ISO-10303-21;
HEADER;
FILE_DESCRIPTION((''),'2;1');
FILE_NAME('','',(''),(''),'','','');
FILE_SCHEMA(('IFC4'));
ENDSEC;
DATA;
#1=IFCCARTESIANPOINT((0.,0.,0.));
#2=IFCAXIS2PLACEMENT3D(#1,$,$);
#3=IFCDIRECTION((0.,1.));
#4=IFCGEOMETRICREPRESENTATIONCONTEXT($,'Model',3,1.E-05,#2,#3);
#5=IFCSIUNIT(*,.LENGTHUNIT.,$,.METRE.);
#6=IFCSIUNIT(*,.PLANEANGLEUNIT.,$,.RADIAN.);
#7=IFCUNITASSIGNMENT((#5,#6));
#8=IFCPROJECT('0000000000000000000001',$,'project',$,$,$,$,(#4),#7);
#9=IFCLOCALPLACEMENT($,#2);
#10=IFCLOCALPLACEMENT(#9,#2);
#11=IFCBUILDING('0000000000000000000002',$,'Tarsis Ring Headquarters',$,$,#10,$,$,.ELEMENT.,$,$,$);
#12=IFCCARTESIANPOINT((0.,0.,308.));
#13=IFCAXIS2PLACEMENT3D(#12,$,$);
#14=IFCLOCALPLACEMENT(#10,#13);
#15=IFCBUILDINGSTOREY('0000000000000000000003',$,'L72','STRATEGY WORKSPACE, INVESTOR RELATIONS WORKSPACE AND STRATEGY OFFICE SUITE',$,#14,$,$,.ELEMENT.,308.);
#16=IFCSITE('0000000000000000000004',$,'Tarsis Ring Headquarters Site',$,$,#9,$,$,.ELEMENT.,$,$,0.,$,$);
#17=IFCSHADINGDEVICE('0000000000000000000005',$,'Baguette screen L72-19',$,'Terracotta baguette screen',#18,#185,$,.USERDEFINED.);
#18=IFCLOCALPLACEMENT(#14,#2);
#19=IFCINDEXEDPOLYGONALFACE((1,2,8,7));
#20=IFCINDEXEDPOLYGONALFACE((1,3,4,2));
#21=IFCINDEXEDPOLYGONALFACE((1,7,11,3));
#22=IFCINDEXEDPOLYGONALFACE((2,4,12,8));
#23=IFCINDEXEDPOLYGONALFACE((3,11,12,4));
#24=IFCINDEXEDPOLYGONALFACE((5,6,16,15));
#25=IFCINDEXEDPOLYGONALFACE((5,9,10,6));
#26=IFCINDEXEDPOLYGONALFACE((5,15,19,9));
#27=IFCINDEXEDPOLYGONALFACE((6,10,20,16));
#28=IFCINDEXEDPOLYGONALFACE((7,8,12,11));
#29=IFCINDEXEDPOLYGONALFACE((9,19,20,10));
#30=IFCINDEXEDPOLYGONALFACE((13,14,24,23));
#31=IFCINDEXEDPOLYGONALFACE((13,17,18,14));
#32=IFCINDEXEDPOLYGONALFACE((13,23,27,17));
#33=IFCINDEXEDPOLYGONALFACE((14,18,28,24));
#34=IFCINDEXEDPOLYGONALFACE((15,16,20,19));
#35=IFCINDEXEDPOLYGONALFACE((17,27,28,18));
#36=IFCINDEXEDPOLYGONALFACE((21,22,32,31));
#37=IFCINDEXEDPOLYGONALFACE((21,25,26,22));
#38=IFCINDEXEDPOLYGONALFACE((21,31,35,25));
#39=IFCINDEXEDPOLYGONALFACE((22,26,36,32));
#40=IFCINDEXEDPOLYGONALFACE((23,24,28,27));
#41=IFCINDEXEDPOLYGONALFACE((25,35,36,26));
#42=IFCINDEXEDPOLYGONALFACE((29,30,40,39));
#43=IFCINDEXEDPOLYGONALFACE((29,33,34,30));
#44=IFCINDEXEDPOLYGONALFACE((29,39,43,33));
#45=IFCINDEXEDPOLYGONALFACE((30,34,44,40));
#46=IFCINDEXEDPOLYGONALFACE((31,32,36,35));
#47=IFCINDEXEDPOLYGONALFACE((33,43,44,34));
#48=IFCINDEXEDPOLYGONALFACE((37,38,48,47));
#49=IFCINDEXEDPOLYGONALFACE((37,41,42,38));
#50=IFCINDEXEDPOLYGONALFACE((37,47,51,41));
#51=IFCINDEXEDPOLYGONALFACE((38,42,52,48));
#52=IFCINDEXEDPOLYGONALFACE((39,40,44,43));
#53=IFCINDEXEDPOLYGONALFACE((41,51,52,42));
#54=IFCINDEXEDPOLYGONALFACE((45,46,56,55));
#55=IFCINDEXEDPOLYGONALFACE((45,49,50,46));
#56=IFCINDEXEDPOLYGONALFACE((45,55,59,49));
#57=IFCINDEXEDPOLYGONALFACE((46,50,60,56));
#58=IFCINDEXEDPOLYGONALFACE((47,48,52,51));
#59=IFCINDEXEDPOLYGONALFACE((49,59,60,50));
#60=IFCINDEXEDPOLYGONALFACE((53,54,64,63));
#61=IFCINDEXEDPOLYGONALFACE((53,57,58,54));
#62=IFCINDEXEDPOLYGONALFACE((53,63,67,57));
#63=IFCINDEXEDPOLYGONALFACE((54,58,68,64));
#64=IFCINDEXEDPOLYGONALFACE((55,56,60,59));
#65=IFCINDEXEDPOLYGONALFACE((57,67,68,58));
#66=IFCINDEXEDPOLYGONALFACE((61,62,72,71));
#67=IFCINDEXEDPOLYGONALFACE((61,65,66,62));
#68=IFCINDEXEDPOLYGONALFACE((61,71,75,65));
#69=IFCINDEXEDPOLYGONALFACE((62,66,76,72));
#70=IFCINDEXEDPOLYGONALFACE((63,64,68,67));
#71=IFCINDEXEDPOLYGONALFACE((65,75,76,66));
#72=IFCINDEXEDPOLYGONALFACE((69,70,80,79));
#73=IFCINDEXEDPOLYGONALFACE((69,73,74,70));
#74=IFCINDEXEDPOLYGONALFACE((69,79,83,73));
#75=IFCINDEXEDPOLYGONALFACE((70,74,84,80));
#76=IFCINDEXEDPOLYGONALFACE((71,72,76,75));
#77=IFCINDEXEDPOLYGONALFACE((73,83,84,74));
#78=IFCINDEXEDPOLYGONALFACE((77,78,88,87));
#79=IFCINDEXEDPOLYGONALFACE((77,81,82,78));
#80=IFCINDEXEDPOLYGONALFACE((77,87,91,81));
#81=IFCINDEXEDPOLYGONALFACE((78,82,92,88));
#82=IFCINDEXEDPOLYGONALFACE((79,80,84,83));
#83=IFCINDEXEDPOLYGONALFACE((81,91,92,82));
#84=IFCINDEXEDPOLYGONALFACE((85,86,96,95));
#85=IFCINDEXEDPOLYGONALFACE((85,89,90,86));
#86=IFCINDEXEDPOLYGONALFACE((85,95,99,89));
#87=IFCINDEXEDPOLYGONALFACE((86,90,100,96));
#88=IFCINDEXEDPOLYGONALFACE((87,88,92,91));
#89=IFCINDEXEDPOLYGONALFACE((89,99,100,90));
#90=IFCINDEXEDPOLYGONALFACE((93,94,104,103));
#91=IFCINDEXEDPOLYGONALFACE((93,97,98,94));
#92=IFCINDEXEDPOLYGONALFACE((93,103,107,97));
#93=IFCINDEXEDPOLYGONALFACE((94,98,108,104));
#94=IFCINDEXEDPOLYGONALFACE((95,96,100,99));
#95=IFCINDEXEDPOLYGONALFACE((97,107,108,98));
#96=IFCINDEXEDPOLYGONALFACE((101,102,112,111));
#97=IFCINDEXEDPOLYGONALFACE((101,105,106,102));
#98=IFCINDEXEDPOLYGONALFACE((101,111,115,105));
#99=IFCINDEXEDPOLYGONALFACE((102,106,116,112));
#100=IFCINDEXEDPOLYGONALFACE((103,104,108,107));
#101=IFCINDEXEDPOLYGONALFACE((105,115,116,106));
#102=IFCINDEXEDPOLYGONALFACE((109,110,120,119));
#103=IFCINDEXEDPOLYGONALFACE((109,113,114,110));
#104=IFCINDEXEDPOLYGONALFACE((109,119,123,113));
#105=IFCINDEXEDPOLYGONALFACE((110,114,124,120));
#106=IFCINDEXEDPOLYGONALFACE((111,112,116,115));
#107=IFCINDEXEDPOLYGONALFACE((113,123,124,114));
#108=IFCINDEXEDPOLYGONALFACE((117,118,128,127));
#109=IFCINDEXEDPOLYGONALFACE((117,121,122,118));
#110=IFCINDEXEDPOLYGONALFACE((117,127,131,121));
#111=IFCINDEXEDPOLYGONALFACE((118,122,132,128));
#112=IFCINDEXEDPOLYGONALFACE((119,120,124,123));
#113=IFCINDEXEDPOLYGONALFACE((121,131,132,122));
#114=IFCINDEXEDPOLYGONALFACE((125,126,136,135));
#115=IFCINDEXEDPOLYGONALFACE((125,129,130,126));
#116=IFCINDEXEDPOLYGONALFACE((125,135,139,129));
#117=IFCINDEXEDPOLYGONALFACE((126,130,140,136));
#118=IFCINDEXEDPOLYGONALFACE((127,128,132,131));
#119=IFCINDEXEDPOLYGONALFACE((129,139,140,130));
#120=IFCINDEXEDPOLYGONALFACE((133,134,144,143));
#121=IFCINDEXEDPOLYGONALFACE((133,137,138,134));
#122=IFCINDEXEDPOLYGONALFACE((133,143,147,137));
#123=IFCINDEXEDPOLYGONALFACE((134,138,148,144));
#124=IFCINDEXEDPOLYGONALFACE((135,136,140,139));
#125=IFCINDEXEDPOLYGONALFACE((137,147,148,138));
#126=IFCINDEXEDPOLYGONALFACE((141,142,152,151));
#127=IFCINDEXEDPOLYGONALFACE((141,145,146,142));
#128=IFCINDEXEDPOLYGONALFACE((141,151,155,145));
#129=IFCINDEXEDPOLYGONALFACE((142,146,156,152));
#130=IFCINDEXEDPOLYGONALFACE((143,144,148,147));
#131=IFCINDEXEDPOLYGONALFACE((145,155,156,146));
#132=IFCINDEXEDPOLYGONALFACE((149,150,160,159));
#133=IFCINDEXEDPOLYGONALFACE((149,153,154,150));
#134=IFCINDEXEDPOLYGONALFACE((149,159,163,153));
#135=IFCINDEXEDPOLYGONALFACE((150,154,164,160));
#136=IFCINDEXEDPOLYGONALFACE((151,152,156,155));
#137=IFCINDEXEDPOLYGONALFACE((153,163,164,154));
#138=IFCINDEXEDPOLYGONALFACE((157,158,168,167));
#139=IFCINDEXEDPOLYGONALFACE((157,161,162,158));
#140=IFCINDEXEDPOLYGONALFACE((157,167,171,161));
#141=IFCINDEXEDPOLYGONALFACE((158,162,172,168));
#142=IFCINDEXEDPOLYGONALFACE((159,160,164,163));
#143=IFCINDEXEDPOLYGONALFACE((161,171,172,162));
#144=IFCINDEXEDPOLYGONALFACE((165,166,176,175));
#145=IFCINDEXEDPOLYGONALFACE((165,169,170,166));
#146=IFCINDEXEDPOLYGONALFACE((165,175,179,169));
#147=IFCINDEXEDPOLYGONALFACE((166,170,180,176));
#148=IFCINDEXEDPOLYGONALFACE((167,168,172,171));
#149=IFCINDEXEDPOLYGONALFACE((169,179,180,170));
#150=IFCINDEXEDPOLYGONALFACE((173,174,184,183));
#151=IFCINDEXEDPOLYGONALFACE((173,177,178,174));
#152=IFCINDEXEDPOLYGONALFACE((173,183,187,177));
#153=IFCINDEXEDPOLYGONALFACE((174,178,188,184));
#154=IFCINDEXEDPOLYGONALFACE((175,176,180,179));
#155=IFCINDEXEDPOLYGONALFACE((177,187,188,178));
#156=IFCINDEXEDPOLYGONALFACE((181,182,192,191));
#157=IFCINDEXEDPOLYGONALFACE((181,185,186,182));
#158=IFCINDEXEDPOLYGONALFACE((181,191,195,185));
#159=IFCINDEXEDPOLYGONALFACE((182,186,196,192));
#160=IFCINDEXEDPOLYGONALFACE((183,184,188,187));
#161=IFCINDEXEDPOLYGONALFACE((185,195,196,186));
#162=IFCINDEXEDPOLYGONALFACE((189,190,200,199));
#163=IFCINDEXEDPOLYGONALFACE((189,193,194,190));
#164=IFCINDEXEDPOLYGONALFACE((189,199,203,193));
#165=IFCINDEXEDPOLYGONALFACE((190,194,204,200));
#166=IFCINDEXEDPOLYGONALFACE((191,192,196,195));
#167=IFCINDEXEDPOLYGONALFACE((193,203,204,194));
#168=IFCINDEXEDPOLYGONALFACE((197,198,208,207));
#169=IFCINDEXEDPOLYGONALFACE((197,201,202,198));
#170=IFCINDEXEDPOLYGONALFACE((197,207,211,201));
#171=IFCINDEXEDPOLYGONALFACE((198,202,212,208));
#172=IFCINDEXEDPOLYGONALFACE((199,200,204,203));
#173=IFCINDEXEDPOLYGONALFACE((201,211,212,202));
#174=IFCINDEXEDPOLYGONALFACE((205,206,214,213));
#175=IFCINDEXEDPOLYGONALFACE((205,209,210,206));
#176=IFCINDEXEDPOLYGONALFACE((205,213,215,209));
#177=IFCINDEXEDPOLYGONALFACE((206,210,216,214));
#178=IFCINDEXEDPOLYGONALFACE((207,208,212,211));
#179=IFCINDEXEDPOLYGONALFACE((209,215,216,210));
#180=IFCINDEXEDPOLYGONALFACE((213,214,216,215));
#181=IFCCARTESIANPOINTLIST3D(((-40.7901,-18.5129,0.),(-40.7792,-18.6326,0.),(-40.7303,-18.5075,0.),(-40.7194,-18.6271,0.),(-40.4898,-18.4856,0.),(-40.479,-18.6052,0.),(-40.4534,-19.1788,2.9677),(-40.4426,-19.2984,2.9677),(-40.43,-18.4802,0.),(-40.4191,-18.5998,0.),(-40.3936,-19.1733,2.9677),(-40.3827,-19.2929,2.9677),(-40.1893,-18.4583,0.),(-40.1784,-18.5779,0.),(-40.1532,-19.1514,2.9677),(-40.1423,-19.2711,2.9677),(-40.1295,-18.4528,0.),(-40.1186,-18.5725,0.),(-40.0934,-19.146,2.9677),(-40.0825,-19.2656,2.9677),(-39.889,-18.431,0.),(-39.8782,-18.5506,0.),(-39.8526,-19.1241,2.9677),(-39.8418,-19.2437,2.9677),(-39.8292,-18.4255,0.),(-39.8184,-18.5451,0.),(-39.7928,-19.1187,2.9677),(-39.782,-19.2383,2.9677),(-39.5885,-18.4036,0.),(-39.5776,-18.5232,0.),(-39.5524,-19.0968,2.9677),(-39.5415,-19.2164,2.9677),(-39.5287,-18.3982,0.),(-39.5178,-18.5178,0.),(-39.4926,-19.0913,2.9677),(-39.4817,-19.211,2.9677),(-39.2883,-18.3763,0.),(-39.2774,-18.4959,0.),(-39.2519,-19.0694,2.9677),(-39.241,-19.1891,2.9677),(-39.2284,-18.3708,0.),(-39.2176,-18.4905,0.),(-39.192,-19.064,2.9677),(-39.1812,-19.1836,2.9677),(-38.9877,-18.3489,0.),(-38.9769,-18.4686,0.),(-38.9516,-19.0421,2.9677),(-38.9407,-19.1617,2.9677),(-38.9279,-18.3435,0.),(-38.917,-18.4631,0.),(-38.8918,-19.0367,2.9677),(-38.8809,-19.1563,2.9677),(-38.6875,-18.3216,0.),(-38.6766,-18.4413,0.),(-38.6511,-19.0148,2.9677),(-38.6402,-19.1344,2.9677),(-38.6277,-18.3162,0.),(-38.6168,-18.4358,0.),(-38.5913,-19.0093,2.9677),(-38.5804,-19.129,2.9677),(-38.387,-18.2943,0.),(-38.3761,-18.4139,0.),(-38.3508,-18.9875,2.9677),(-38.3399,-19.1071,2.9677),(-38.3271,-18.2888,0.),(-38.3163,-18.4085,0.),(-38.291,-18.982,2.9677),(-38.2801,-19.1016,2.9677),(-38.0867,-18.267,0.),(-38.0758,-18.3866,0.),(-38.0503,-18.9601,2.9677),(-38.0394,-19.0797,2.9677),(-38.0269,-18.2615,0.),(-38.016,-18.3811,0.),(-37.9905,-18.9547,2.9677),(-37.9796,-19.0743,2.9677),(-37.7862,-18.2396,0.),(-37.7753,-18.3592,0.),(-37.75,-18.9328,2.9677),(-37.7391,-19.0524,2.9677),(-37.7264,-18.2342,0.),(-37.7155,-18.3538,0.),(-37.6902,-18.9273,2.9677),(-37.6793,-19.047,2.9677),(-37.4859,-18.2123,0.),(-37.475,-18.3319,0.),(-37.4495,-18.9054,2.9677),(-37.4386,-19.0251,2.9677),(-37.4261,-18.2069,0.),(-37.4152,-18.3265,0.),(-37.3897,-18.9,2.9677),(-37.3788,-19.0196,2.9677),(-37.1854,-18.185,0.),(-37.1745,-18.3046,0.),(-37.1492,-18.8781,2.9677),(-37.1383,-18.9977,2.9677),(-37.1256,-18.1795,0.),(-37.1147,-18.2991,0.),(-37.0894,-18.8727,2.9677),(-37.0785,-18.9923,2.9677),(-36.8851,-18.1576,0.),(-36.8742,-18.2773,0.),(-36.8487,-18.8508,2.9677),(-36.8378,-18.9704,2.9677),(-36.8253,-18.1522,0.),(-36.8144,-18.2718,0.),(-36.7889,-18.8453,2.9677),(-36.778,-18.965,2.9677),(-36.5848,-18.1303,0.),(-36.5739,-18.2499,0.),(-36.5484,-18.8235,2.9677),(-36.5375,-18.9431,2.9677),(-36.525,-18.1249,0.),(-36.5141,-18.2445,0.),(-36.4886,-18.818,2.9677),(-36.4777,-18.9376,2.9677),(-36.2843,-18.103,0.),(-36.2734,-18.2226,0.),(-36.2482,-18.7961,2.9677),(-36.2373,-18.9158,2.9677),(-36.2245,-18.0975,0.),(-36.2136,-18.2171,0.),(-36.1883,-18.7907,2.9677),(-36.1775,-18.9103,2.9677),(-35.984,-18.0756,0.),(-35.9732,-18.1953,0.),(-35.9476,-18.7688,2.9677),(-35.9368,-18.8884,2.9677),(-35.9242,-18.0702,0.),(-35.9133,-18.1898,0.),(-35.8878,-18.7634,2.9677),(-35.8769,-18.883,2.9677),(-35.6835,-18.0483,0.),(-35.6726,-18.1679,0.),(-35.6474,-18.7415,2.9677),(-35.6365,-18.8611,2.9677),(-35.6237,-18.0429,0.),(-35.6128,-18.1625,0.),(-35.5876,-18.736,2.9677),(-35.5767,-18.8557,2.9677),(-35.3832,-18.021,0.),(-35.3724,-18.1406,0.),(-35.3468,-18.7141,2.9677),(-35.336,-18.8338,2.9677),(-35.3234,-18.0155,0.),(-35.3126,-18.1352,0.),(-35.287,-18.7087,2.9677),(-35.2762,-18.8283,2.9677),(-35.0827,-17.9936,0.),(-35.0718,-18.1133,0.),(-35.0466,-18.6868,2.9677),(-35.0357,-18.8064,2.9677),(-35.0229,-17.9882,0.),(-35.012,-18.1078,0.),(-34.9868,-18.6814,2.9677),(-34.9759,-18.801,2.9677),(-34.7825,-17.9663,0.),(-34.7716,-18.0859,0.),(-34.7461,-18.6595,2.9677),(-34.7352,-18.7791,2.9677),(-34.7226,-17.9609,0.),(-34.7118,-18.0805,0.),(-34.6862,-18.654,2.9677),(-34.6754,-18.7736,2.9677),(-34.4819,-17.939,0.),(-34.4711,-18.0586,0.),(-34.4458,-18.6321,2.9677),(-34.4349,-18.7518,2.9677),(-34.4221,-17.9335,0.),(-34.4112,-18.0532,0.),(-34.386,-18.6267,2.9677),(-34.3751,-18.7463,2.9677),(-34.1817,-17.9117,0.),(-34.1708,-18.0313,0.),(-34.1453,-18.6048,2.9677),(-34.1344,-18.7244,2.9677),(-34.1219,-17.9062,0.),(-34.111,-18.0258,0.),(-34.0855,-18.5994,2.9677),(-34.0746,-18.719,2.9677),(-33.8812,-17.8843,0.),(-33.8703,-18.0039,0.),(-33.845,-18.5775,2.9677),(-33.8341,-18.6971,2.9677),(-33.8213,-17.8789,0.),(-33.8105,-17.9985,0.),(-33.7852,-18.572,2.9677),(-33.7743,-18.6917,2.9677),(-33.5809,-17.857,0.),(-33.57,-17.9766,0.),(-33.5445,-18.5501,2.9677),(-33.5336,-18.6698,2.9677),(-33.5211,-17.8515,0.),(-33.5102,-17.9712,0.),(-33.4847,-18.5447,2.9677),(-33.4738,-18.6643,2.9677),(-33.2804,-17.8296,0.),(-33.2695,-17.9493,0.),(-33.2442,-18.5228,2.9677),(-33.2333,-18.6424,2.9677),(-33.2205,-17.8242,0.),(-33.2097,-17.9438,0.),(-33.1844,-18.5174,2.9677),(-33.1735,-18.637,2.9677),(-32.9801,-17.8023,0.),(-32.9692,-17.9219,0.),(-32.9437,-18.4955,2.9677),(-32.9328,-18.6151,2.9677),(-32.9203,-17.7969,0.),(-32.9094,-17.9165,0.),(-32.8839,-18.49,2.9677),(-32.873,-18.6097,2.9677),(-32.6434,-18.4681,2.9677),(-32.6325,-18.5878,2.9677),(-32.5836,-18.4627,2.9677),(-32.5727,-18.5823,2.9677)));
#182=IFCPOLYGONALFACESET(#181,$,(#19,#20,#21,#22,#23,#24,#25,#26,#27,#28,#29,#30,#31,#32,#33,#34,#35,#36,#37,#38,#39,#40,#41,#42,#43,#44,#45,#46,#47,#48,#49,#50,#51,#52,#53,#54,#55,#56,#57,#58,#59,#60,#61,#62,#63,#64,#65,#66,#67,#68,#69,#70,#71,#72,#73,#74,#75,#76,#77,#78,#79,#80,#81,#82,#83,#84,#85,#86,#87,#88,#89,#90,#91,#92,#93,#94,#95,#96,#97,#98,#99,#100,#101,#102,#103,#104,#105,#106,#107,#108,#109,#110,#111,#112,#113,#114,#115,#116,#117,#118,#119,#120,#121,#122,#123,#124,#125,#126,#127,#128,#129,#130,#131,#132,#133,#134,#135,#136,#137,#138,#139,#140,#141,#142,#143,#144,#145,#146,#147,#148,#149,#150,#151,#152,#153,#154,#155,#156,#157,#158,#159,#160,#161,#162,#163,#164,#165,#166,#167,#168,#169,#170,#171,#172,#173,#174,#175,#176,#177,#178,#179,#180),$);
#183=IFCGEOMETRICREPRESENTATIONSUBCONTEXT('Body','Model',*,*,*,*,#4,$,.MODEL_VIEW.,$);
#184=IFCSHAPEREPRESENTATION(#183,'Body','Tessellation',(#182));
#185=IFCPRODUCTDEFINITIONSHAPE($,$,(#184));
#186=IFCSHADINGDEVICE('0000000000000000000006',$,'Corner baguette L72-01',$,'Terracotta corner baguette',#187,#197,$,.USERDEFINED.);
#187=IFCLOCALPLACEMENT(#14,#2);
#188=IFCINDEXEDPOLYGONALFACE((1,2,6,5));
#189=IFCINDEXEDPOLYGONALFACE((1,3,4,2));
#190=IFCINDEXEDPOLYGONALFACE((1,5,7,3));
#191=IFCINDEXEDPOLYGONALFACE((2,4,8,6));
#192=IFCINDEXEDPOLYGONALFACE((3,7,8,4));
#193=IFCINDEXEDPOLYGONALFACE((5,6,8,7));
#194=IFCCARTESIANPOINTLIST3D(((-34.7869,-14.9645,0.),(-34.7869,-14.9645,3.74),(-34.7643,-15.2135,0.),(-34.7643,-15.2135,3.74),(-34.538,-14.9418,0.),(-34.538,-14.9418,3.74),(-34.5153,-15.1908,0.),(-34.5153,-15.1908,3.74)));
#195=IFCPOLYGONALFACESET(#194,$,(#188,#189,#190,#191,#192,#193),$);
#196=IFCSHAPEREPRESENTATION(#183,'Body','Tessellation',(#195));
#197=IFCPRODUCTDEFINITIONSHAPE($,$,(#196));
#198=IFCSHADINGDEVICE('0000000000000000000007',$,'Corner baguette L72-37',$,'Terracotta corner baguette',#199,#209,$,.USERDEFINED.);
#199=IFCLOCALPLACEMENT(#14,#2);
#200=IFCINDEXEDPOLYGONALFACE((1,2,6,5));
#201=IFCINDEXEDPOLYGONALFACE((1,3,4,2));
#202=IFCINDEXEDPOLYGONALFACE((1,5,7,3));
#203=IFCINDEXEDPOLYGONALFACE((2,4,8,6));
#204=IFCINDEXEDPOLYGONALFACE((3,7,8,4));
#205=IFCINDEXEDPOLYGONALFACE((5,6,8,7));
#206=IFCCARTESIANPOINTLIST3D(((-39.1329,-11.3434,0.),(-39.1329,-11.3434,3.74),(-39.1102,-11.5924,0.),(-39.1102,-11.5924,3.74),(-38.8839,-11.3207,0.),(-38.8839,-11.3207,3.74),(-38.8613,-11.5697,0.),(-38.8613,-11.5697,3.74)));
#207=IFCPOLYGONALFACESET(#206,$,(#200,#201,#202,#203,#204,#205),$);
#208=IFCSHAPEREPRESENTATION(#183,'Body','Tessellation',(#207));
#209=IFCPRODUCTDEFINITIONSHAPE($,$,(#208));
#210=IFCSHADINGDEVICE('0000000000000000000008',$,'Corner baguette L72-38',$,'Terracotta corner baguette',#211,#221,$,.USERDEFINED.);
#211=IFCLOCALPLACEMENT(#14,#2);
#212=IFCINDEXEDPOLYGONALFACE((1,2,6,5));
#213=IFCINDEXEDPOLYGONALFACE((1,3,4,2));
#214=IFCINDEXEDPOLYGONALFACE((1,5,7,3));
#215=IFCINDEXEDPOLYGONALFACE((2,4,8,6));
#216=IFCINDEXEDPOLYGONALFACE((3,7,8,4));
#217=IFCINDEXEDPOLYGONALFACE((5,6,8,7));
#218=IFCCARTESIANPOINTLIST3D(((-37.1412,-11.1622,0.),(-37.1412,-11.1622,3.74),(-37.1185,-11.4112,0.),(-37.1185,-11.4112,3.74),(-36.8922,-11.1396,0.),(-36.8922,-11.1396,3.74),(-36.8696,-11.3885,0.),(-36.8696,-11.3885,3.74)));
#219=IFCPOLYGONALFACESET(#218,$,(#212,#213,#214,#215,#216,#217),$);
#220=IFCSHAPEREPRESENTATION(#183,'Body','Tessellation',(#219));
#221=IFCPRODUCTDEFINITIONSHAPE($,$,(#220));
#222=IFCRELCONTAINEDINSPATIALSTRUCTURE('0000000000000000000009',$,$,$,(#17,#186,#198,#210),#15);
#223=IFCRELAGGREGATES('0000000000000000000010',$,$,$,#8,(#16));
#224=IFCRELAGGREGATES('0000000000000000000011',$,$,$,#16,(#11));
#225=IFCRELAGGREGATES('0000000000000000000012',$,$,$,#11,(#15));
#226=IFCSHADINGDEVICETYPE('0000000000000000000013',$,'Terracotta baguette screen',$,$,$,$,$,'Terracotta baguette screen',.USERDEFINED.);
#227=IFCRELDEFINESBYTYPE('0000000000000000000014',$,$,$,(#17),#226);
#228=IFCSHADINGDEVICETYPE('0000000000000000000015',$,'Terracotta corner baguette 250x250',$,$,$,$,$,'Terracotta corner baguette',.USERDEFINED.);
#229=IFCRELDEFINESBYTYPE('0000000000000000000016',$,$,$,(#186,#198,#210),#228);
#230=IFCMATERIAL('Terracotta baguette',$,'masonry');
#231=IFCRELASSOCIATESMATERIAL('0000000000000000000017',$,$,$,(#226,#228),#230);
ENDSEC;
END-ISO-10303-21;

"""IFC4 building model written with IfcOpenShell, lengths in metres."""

from ifc_helpers import new_model, si_unit, direction, frame, frame_2d, origin, origin_2d, place, context, subcontext, project, spatial, rectangle, composite_profile, extrude, material, type_object, element, save


model = new_model("IFC4")

# Units and contexts
model_context = context("Model", 3, precision=1e-05, world=origin(), true_north=direction((0.0, 1.0)))
body_context = subcontext(model_context, "Body", "Model", "MODEL_VIEW")
ifc_project = project(units=[si_unit("LENGTHUNIT", "METRE"), si_unit("PLANEANGLEUNIT", "RADIAN")], contexts=[model_context])

# Site, building, storey
site_placement = place(None, origin())
site = spatial("IfcSite", under=ifc_project, at=site_placement, Name="Tarsis Ring Headquarters Site", CompositionType="ELEMENT", RefElevation=0.0)
building_placement = place(site_placement, origin())
building = spatial("IfcBuilding", under=site, at=building_placement, Name="Tarsis Ring Headquarters", CompositionType="ELEMENT")
storey_placement = place(building_placement, frame((0.0, 0.0, 308.0)))
storey = spatial("IfcBuildingStorey", under=building, at=storey_placement, Name="L72", Description="STRATEGY WORKSPACE, INVESTOR RELATIONS WORKSPACE AND STRATEGY OFFICE SUITE", CompositionType="ELEMENT", Elevation=308.0)

# Shading devices
ifc_material_1 = material(Name="Terracotta baguette", Category="masonry")
shading_device_type_1 = type_object("IfcShadingDeviceType", Name="Terracotta baguette screen", ElementType="Terracotta baguette screen", PredefinedType="USERDEFINED", material=ifc_material_1)
shading_device_placement = place(storey_placement, frame((-40.7847, -18.5728, 0.0), z_axis=(0.0, 0.0, 1.0), x_axis=(0.995891, 0.090614, 0.0)))
element("IfcShadingDevice", 1, at=shading_device_placement, inside=storey, type_object=shading_device_type_1, Name="Baguette screen L72-19", ObjectType="Terracotta baguette screen", PredefinedType="USERDEFINED", context=body_context, shape_type="SweptSolid", body=[
    extrude(composite_profile([rectangle(XDim=0.0601, YDim=0.1201, at=frame_2d((0.03, 0.0))), rectangle(XDim=0.0601, YDim=0.1201, at=frame_2d((0.3315, 0.0))), rectangle(XDim=0.0601, YDim=0.1201, at=frame_2d((0.6333, 0.0))), rectangle(XDim=0.0601, YDim=0.1201, at=frame_2d((0.9348, 0.0))), rectangle(XDim=0.0601, YDim=0.1201, at=frame_2d((1.2366, 0.0))), rectangle(XDim=0.0601, YDim=0.1201, at=frame_2d((1.5381, 0.0))), rectangle(XDim=0.0601, YDim=0.1201, at=frame_2d((1.8398, 0.0))), rectangle(XDim=0.0601, YDim=0.1201, at=frame_2d((2.1414, 0.0))), rectangle(XDim=0.0601, YDim=0.1201, at=frame_2d((2.4431, 0.0))), rectangle(XDim=0.0601, YDim=0.1201, at=frame_2d((2.7446, 0.0))), rectangle(XDim=0.0601, YDim=0.1201, at=frame_2d((3.0464, 0.0))), rectangle(XDim=0.0601, YDim=0.1201, at=frame_2d((3.3479, 0.0))), rectangle(XDim=0.0601, YDim=0.1201, at=frame_2d((3.6497, 0.0))), rectangle(XDim=0.0601, YDim=0.1201, at=frame_2d((3.9512, 0.0))), rectangle(XDim=0.0601, YDim=0.1201, at=frame_2d((4.2527, 0.0))), rectangle(XDim=0.0601, YDim=0.1201, at=frame_2d((4.5544, 0.0))), rectangle(XDim=0.0601, YDim=0.1201, at=frame_2d((4.856, 0.0))), rectangle(XDim=0.0601, YDim=0.1201, at=frame_2d((5.1577, 0.0))), rectangle(XDim=0.0601, YDim=0.1201, at=frame_2d((5.4592, 0.0))), rectangle(XDim=0.0601, YDim=0.1201, at=frame_2d((5.761, 0.0))), rectangle(XDim=0.0601, YDim=0.1201, at=frame_2d((6.0625, 0.0))), rectangle(XDim=0.0601, YDim=0.1201, at=frame_2d((6.3643, 0.0))), rectangle(XDim=0.0601, YDim=0.1201, at=frame_2d((6.6658, 0.0))), rectangle(XDim=0.0601, YDim=0.1201, at=frame_2d((6.9675, 0.0))), rectangle(XDim=0.0601, YDim=0.1201, at=frame_2d((7.269, 0.0))), rectangle(XDim=0.0601, YDim=0.1201, at=frame_2d((7.5708, 0.0))), rectangle(XDim=0.0601, YDim=0.1201, at=frame_2d((7.8723, 0.0)))]), origin(), (0.089852, -0.22666, 0.969821), 3.0601),
])
shading_device_type_2 = type_object("IfcShadingDeviceType", Name="Terracotta corner baguette 250x250", ElementType="Terracotta corner baguette", PredefinedType="USERDEFINED", material=ifc_material_1)
for number, where, z_axis, x_axis, name in (
    (2, (-34.6511, -15.0776, 0.0), (0.0, 0.0, 1.0), (0.090632, -0.995884, 0.0), "Corner baguette L72-01"),
    (3, (-38.9971, -11.4565, 0.0), (0.0, 0.0, 1.0), (0.090633, -0.995884, 0.0), "Corner baguette L72-37"),
    (4, (-37.0054, -11.2754, 0.0), (0.0, 0.0, 1.0), (0.995884, 0.090633, 0.0), "Corner baguette L72-38"),
):
    element("IfcShadingDevice", number, at=place(storey_placement, frame(where, z_axis=z_axis, x_axis=x_axis)), inside=storey, type_object=shading_device_type_2, Name=name, ObjectType="Terracotta corner baguette", PredefinedType="USERDEFINED", context=body_context, shape_type="SweptSolid", body=[
        extrude(rectangle(XDim=0.25, YDim=0.25, at=origin_2d()), origin(), (0.0, 0.0, 1.0), 3.74),
    ])

save(model, "model.ifc")
